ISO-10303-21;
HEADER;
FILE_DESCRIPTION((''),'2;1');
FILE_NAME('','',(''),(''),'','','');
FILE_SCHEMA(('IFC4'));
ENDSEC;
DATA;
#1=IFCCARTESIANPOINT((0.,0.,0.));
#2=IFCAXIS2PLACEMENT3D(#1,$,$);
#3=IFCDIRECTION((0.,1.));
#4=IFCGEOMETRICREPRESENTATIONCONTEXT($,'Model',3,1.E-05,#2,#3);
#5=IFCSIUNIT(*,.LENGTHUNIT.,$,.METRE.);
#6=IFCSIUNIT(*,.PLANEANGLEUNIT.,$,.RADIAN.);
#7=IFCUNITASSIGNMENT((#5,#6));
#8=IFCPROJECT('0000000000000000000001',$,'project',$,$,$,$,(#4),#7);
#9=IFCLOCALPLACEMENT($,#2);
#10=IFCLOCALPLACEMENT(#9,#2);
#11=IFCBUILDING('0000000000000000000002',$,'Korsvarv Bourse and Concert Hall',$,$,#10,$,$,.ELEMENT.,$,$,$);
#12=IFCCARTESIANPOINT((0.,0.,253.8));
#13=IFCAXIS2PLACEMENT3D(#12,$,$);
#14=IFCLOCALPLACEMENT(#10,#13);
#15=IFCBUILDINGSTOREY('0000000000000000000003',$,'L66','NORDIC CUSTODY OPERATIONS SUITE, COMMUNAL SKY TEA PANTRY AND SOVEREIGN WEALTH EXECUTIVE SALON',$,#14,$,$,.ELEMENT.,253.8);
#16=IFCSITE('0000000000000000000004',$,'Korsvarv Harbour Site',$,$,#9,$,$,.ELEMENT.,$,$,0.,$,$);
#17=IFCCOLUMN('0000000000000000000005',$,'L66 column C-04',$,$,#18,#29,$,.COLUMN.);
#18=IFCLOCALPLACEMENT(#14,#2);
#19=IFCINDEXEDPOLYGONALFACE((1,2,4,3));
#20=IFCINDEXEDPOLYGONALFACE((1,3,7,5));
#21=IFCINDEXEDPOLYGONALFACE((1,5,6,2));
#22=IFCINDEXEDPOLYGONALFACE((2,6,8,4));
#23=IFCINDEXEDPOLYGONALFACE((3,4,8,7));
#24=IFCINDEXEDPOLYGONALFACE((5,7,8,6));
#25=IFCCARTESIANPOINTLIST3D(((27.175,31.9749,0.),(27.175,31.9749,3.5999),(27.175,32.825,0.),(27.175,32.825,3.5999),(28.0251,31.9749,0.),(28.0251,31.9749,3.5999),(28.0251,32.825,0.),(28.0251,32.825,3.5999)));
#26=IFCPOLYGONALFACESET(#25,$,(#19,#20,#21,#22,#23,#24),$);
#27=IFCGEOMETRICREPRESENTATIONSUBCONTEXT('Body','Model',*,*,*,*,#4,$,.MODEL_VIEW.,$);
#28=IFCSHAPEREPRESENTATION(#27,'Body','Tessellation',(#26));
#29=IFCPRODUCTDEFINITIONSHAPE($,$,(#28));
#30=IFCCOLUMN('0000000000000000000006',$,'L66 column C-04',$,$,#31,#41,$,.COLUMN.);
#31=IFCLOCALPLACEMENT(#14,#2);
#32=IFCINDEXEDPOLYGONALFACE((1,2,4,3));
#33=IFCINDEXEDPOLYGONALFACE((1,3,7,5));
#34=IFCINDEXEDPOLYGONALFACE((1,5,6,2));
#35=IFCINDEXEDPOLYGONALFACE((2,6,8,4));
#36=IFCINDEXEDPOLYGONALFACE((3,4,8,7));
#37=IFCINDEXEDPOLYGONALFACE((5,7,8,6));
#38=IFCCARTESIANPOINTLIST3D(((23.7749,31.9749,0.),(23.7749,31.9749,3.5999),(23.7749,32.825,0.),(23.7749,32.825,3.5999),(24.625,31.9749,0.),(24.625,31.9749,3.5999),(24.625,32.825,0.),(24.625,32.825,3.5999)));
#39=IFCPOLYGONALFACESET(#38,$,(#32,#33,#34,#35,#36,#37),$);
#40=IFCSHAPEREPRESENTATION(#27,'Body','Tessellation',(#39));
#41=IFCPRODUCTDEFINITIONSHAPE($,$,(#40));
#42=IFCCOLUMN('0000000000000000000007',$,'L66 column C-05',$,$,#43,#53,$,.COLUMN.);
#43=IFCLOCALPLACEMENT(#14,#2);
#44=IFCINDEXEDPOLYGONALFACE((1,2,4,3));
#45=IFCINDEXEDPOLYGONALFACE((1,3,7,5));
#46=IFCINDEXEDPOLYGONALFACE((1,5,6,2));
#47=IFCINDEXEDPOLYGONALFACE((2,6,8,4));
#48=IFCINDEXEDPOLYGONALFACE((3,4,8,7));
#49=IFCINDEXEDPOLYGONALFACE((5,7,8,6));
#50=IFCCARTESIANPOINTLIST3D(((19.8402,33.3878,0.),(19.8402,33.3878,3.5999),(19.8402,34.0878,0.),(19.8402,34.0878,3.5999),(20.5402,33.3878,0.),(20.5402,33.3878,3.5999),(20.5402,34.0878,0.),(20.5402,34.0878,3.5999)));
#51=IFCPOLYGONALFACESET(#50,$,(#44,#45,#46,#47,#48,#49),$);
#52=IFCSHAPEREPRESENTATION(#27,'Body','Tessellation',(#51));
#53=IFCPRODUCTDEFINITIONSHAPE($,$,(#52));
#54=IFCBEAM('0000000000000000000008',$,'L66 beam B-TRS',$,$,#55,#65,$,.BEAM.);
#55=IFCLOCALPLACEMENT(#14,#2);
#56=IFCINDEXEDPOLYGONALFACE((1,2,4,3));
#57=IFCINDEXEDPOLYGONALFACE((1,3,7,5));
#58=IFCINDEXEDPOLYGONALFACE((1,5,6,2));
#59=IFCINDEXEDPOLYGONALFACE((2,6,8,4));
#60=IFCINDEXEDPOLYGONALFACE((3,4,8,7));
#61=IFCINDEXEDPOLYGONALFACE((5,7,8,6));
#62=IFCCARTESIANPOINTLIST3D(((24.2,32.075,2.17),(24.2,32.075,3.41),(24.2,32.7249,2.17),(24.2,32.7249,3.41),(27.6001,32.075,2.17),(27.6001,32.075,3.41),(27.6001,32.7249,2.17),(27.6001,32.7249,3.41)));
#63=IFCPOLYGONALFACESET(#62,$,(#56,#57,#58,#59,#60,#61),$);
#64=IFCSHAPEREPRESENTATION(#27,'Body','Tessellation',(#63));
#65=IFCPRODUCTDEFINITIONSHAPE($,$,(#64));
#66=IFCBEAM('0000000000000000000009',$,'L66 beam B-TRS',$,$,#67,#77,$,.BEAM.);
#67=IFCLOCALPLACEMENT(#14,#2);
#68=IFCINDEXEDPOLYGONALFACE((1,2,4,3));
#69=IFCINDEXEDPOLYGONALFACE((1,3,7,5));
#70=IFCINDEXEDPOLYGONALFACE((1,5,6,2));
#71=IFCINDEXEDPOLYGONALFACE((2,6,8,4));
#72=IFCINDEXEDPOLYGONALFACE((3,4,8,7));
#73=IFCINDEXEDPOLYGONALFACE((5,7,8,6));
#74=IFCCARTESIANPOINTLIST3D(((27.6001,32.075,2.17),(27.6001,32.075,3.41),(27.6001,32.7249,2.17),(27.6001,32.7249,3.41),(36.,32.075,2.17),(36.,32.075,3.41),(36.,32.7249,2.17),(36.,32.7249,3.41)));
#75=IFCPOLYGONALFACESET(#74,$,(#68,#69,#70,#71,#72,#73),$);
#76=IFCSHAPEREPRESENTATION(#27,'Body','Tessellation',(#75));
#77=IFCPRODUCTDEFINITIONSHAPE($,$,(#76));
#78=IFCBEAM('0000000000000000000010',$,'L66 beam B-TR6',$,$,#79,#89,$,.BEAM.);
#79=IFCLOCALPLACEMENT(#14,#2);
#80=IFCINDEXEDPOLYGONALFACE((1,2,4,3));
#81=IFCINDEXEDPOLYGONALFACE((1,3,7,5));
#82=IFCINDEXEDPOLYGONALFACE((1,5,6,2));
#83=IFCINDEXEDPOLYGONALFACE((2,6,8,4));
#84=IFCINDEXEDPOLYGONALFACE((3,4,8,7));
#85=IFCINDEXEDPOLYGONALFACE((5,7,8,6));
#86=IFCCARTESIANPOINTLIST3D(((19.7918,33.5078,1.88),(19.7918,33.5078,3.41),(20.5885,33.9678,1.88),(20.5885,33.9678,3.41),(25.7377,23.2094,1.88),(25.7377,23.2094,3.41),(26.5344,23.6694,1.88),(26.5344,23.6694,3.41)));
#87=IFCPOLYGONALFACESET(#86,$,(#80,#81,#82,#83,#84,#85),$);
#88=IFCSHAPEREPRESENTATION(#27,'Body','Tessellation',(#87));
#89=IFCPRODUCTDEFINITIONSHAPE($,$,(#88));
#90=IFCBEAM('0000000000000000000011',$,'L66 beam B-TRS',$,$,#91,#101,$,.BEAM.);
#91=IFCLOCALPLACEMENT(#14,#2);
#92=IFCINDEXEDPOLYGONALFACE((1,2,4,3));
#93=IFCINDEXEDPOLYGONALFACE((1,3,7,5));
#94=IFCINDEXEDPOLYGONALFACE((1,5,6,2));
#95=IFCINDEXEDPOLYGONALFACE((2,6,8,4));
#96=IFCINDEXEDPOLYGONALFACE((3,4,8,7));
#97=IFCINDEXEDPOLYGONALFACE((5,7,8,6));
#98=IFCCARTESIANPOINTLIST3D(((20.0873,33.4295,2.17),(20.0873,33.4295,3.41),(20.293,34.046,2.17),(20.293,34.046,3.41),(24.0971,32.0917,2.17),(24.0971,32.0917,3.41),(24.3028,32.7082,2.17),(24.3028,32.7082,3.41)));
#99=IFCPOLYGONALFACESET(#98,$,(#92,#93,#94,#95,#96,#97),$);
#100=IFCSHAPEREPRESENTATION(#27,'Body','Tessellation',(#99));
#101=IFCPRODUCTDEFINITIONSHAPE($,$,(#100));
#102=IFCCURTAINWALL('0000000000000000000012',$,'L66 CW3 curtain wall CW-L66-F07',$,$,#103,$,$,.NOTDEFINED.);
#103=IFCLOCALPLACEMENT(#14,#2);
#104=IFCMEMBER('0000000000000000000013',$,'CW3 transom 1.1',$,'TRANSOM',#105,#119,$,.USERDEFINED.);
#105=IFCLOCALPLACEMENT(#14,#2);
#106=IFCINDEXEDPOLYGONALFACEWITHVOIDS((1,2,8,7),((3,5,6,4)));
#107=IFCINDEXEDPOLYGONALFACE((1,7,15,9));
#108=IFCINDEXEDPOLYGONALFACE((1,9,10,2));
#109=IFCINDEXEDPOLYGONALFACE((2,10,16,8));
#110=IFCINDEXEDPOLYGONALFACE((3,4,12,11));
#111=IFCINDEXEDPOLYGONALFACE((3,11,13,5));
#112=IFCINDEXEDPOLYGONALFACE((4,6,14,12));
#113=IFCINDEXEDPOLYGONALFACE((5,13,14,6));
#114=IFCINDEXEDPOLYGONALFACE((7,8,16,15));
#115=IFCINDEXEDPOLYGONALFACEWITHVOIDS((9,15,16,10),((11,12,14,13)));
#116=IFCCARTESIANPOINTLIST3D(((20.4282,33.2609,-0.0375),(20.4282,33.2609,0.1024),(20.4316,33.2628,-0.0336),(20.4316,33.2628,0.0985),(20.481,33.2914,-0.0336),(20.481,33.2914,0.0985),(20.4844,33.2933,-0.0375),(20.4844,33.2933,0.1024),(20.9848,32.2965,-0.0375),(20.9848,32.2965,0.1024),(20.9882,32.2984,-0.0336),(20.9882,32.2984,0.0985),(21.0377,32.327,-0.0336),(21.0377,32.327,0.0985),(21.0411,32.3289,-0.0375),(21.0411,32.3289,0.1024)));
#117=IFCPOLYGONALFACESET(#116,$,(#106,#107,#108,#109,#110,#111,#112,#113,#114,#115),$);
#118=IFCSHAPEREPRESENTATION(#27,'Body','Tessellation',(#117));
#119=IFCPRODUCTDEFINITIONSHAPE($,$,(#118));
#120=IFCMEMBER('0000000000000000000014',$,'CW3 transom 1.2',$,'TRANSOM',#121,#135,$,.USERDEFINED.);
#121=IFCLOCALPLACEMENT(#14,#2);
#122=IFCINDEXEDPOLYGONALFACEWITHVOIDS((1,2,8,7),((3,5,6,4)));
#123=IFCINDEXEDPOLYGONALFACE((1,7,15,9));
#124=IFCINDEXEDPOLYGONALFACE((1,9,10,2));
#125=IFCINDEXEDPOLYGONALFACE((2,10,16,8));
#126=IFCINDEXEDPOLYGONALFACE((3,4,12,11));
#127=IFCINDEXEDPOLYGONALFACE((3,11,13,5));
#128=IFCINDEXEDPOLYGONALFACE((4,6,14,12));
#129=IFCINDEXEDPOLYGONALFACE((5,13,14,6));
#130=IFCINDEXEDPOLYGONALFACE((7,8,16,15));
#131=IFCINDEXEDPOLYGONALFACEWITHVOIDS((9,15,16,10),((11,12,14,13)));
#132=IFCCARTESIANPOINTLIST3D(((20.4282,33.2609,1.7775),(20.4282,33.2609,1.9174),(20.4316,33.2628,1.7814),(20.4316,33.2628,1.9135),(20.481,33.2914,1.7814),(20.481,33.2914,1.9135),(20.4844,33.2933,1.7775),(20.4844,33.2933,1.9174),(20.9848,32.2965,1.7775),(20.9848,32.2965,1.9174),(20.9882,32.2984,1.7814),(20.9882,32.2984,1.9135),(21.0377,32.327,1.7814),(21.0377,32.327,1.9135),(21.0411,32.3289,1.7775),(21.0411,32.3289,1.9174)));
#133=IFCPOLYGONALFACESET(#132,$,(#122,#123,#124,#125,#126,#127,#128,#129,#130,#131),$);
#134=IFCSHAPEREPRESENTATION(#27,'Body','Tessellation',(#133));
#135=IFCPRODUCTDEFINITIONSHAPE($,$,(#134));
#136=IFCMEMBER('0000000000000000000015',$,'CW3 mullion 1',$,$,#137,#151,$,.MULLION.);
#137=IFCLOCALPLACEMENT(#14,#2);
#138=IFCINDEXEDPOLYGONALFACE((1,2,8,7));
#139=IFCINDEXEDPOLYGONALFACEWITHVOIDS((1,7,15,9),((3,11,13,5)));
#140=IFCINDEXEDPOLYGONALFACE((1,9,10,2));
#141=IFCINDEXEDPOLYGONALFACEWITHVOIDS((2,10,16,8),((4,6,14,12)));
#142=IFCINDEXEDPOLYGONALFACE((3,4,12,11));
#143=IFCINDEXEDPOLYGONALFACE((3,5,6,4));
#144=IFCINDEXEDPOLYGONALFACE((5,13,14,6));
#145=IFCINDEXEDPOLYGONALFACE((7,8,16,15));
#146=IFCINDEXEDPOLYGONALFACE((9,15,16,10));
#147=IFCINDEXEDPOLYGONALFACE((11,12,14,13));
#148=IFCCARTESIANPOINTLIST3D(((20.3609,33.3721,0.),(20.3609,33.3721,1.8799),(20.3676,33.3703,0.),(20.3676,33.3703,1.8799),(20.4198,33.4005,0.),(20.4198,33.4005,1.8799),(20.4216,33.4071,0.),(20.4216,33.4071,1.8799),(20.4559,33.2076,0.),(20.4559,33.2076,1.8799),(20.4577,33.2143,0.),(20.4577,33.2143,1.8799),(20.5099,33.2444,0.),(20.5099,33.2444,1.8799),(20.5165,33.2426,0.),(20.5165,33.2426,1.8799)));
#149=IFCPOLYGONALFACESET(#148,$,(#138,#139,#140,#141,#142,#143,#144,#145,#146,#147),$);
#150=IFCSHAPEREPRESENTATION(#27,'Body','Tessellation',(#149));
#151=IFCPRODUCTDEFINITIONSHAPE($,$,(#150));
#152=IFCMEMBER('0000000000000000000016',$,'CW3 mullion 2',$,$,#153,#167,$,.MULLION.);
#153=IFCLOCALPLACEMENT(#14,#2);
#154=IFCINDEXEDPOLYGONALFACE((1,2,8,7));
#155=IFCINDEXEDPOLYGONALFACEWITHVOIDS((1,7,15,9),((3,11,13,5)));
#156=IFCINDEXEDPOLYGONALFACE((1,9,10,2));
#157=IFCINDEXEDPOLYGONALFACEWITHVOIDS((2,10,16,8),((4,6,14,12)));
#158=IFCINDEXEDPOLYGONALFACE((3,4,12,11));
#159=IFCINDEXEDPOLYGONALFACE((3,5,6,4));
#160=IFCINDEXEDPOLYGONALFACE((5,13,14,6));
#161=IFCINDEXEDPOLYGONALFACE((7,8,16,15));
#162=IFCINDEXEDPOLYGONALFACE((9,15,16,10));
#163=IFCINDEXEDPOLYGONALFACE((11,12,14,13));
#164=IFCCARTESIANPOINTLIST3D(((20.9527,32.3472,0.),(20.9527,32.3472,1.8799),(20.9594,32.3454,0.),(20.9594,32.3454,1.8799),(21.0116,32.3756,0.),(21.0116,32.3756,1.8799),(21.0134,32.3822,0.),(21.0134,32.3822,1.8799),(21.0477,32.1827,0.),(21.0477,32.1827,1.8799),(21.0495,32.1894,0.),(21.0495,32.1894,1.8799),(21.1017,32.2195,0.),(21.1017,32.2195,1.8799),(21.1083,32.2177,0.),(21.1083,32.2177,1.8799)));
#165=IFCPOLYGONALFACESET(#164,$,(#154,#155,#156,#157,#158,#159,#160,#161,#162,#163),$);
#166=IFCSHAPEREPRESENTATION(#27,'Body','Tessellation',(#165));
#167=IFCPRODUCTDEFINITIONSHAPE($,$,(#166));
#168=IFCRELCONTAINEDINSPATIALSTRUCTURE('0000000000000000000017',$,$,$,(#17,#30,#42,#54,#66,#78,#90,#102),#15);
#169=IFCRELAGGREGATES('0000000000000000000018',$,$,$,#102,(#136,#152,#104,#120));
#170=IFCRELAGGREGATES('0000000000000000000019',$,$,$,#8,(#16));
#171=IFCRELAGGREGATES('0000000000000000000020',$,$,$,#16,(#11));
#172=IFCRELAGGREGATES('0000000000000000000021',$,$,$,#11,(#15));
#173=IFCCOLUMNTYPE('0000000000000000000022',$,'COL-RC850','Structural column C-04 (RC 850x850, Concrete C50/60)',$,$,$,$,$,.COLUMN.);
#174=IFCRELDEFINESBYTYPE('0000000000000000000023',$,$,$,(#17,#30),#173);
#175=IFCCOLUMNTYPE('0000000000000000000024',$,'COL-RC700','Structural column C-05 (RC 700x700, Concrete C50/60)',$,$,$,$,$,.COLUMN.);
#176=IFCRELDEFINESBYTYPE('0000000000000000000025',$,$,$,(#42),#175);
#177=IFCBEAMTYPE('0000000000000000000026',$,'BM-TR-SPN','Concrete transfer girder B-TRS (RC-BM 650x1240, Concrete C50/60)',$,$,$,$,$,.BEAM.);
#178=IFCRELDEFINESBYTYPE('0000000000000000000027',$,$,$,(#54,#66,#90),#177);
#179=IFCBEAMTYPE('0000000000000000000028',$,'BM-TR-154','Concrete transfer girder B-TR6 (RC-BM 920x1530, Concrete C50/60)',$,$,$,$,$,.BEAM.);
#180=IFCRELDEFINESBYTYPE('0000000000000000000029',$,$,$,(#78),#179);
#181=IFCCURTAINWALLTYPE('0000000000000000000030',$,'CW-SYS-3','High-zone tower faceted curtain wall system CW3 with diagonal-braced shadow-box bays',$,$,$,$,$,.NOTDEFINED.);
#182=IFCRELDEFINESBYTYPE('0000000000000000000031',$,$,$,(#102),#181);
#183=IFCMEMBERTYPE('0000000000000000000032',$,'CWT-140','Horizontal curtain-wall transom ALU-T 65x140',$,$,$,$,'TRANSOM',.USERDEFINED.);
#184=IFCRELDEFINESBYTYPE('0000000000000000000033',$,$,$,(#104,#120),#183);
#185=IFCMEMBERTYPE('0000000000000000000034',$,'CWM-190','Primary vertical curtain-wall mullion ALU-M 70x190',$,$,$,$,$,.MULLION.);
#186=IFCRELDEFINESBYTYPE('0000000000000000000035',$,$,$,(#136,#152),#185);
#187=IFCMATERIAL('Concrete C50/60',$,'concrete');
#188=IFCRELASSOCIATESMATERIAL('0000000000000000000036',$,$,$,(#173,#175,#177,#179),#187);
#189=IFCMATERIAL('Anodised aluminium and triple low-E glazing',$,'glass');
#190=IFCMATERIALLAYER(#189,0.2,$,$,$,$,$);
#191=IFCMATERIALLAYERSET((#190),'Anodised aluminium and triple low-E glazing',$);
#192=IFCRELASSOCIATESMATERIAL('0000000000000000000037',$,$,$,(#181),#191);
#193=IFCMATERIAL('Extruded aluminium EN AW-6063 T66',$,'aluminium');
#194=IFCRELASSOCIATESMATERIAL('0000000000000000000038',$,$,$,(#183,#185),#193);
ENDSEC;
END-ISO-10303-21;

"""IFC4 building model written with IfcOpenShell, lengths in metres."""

from ifc_helpers import new_model, si_unit, direction, frame, origin, origin_2d, place, context, subcontext, project, spatial, rectangle, hollow_rectangle, extrude, source, transform, mapped, material, layer, layer_set, material_profile, profile_set, type_object, element, aggregate, save


model = new_model("IFC4")

# Units and contexts
model_context = context("Model", 3, precision=1e-05, world=origin(), true_north=direction((0.0, 1.0)))
body_context = subcontext(model_context, "Body", "Model", "MODEL_VIEW")
ifc_project = project(units=[si_unit("LENGTHUNIT", "METRE"), si_unit("PLANEANGLEUNIT", "RADIAN")], contexts=[model_context])

# Site, building, storey
site_placement = place(None, origin())
site = spatial("IfcSite", under=ifc_project, at=site_placement, Name="Korsvarv Harbour Site", CompositionType="ELEMENT", RefElevation=0.0)
building_placement = place(site_placement, origin())
building = spatial("IfcBuilding", under=site, at=building_placement, Name="Korsvarv Bourse and Concert Hall", CompositionType="ELEMENT")
storey_placement = place(building_placement, frame((0.0, 0.0, 253.8)))
storey = spatial("IfcBuildingStorey", under=building, at=storey_placement, Name="L66", Description="NORDIC CUSTODY OPERATIONS SUITE, COMMUNAL SKY TEA PANTRY AND SOVEREIGN WEALTH EXECUTIVE SALON", CompositionType="ELEMENT", Elevation=253.8)

# Columns
ifc_material_1 = material(Name="Concrete C50/60", Category="concrete")
ifc_material_profile_1 = material_profile(ifc_material_1, rectangle(XDim=0.8501, YDim=0.8501, at=origin_2d()), Name="RC 850x850")
ifc_profile_set_1 = profile_set([ifc_material_profile_1], Name="Concrete C50/60")
column_type_1 = type_object("IfcColumnType", Name="COL-RC850", Description="Structural column C-04 (RC 850x850, Concrete C50/60)", PredefinedType="COLUMN", material=ifc_profile_set_1)
shared_shape_1 = source(origin(), body_context, "Body", "SweptSolid", [
    extrude(rectangle(XDim=0.8501, YDim=0.8501, at=origin_2d()), origin(), (0.0, 0.0, 1.0), 3.5999),
])
for number, where, z_axis, x_axis, name in (
    (1, (27.6001, 32.3999, 0.0), (0.0, 0.0, 1.0), (1.0, 0.0, 0.0), "L66 column C-04"),
    (2, (24.2, 32.3999, 0.0), (0.0, 0.0, 1.0), (1.0, 0.0, 0.0), "L66 column C-04"),
):
    element("IfcColumn", number, at=place(storey_placement, frame(where, z_axis=z_axis, x_axis=x_axis)), inside=storey, type_object=column_type_1, Name=name, PredefinedType="COLUMN", context=body_context, shape_type="MappedRepresentation", body=[
        mapped(shared_shape_1, transform((0.0, 0.0, 0.0), scale=1.0)),
    ])
ifc_material_profile_2 = material_profile(ifc_material_1, rectangle(XDim=0.7, YDim=0.7, at=origin_2d()), Name="RC 700x700")
ifc_profile_set_2 = profile_set([ifc_material_profile_2], Name="Concrete C50/60")
column_type_2 = type_object("IfcColumnType", Name="COL-RC700", Description="Structural column C-05 (RC 700x700, Concrete C50/60)", PredefinedType="COLUMN", material=ifc_profile_set_2)
shared_shape_2 = source(origin(), body_context, "Body", "SweptSolid", [
    extrude(rectangle(XDim=0.7, YDim=0.7, at=origin_2d()), origin(), (0.0, 0.0, 1.0), 3.5999),
])
column_placement = place(storey_placement, frame((20.1902, 33.7378, 0.0), z_axis=(0.0, 0.0, 1.0), x_axis=(1.0, 0.0, 0.0)))
element("IfcColumn", 3, at=column_placement, inside=storey, type_object=column_type_2, Name="L66 column C-05", PredefinedType="COLUMN", context=body_context, shape_type="MappedRepresentation", body=[
    mapped(shared_shape_2, transform((0.0, 0.0, 0.0), scale=1.0)),
])

# Beams
ifc_material_profile_3 = material_profile(ifc_material_1, rectangle(XDim=0.6499, YDim=1.24, at=origin_2d()), Name="RC-BM 650x1240")
ifc_profile_set_3 = profile_set([ifc_material_profile_3], Name="Concrete C50/60")
beam_type_1 = type_object("IfcBeamType", Name="BM-TR-SPN", Description="Concrete transfer girder B-TRS (RC-BM 650x1240, Concrete C50/60)", PredefinedType="BEAM", material=ifc_profile_set_3)
shared_shape_3 = source(origin(), body_context, "Body", "SweptSolid", [
    extrude(rectangle(XDim=0.6499, YDim=1.24, at=origin_2d()), origin(), (0.0, 0.0, 1.0), 3.4001),
])
beam_1_placement = place(storey_placement, frame((24.2, 32.3999, 2.79), z_axis=(1.0, 0.0, 0.0), x_axis=(0.0, 1.0, 0.0)))
element("IfcBeam", 4, at=beam_1_placement, inside=storey, type_object=beam_type_1, Name="L66 beam B-TRS", PredefinedType="BEAM", context=body_context, shape_type="MappedRepresentation", body=[
    mapped(shared_shape_3, transform((0.0, 0.0, 0.0), scale=1.0)),
])
shared_shape_4 = source(origin(), body_context, "Body", "SweptSolid", [
    extrude(rectangle(XDim=0.6499, YDim=1.24, at=origin_2d()), origin(), (0.0, 0.0, 1.0), 8.3999),
])
beam_2_placement = place(storey_placement, frame((27.6001, 32.3999, 2.79), z_axis=(1.0, 0.0, 0.0), x_axis=(0.0, 1.0, 0.0)))
element("IfcBeam", 5, at=beam_2_placement, inside=storey, type_object=beam_type_1, Name="L66 beam B-TRS", PredefinedType="BEAM", context=body_context, shape_type="MappedRepresentation", body=[
    mapped(shared_shape_4, transform((0.0, 0.0, 0.0), scale=1.0)),
])
ifc_material_profile_4 = material_profile(ifc_material_1, rectangle(XDim=0.9199, YDim=1.53, at=origin_2d()), Name="RC-BM 920x1530")
ifc_profile_set_4 = profile_set([ifc_material_profile_4], Name="Concrete C50/60")
beam_type_2 = type_object("IfcBeamType", Name="BM-TR-154", Description="Concrete transfer girder B-TR6 (RC-BM 920x1530, Concrete C50/60)", PredefinedType="BEAM", material=ifc_profile_set_4)
shared_shape_5 = source(origin(), body_context, "Body", "SweptSolid", [
    extrude(rectangle(XDim=0.9199, YDim=1.53, at=origin_2d()), origin(), (0.0, 0.0, 1.0), 11.8916),
])
beam_3_placement = place(storey_placement, frame((20.1902, 33.7378, 2.645), z_axis=(0.500003, -0.866024, 0.0), x_axis=(0.866024, 0.500003, 0.0)))
element("IfcBeam", 6, at=beam_3_placement, inside=storey, type_object=beam_type_2, Name="L66 beam B-TR6", PredefinedType="BEAM", context=body_context, shape_type="MappedRepresentation", body=[
    mapped(shared_shape_5, transform((0.0, 0.0, 0.0), scale=1.0)),
])
shared_shape_6 = source(origin(), body_context, "Body", "SweptSolid", [
    extrude(rectangle(XDim=0.6499, YDim=1.24, at=origin_2d()), origin(), (0.0, 0.0, 1.0), 4.2271),
])
beam_4_placement = place(storey_placement, frame((20.1902, 33.7378, 2.79), z_axis=(0.948591, -0.316505, 0.0), x_axis=(0.316505, 0.948591, 0.0)))
element("IfcBeam", 7, at=beam_4_placement, inside=storey, type_object=beam_type_1, Name="L66 beam B-TRS", PredefinedType="BEAM", context=body_context, shape_type="MappedRepresentation", body=[
    mapped(shared_shape_6, transform((0.0, 0.0, 0.0), scale=1.0)),
])

# Curtain wall, members
ifc_material_2 = material(Name="Anodised aluminium and triple low-E glazing", Category="glass")
ifc_layer_1 = layer(ifc_material_2, 0.2)
ifc_layer_set_1 = layer_set([ifc_layer_1], Name="Anodised aluminium and triple low-E glazing")
curtain_wall_type = type_object("IfcCurtainWallType", Name="CW-SYS-3", Description="High-zone tower faceted curtain wall system CW3 with diagonal-braced shadow-box bays", PredefinedType="NOTDEFINED", material=ifc_layer_set_1)
curtain_wall_placement = place(storey_placement, origin())
curtain_wall = element("IfcCurtainWall", 8, at=curtain_wall_placement, inside=storey, type_object=curtain_wall_type, Name="L66 CW3 curtain wall CW-L66-F07", PredefinedType="NOTDEFINED")
ifc_material_3 = material(Name="Extruded aluminium EN AW-6063 T66", Category="aluminium")
ifc_material_profile_5 = material_profile(ifc_material_3, hollow_rectangle(XDim=0.0649, YDim=0.1399, WallThickness=0.0039, at=origin_2d()), Name="ALU-T 65x140")
ifc_profile_set_5 = profile_set([ifc_material_profile_5], Name="Extruded aluminium EN AW-6063 T66")
member_type_1 = type_object("IfcMemberType", Name="CWT-140", Description="Horizontal curtain-wall transom ALU-T 65x140", ElementType="TRANSOM", PredefinedType="USERDEFINED", material=ifc_profile_set_5)
shared_shape_7 = source(origin(), body_context, "Body", "SweptSolid", [
    extrude(hollow_rectangle(XDim=0.0649, YDim=0.1399, WallThickness=0.0039, at=origin_2d()), origin(), (0.0, 0.0, 1.0), 1.1135),
])
member_1_placement = place(storey_placement, frame((20.4563, 33.2771, 0.0325), z_axis=(0.499912, -0.866076, 0.0), x_axis=(0.866076, 0.499912, 0.0)))
member_1 = element("IfcMember", 9, at=member_1_placement, type_object=member_type_1, Name="CW3 transom 1.1", ObjectType="TRANSOM", PredefinedType="USERDEFINED", context=body_context, shape_type="MappedRepresentation", body=[
    mapped(shared_shape_7, transform((0.0, 0.0, 0.0), scale=1.0)),
])
member_2_placement = place(storey_placement, frame((20.4563, 33.2771, 1.8474), z_axis=(0.499912, -0.866076, 0.0), x_axis=(0.866076, 0.499912, 0.0)))
member_2 = element("IfcMember", 10, at=member_2_placement, type_object=member_type_1, Name="CW3 transom 1.2", ObjectType="TRANSOM", PredefinedType="USERDEFINED", context=body_context, shape_type="MappedRepresentation", body=[
    mapped(shared_shape_7, transform((0.0, 0.0, 0.0), scale=1.0)),
])
ifc_material_profile_6 = material_profile(ifc_material_3, hollow_rectangle(XDim=0.0701, YDim=0.1899, WallThickness=0.0049, at=origin_2d()), Name="ALU-M 70x190")
ifc_profile_set_6 = profile_set([ifc_material_profile_6], Name="Extruded aluminium EN AW-6063 T66")
member_type_2 = type_object("IfcMemberType", Name="CWM-190", Description="Primary vertical curtain-wall mullion ALU-M 70x190", PredefinedType="MULLION", material=ifc_profile_set_6)
shared_shape_8 = source(origin(), body_context, "Body", "SweptSolid", [
    extrude(hollow_rectangle(XDim=0.0701, YDim=0.1899, WallThickness=0.0049, at=origin_2d()), origin(), (0.0, 0.0, 1.0), 1.8799),
])
member_3_placement = place(storey_placement, frame((20.4387, 33.3074, 0.0), z_axis=(0.0, 0.0, 1.0), x_axis=(0.866023, 0.500004, 0.0)))
member_3 = element("IfcMember", 11, at=member_3_placement, type_object=member_type_2, Name="CW3 mullion 1", PredefinedType="MULLION", context=body_context, shape_type="MappedRepresentation", body=[
    mapped(shared_shape_8, transform((0.0, 0.0, 0.0), scale=1.0)),
])
member_4_placement = place(storey_placement, frame((21.0305, 32.2825, 0.0), z_axis=(0.0, 0.0, 1.0), x_axis=(0.866023, 0.500004, 0.0)))
member_4 = element("IfcMember", 12, at=member_4_placement, type_object=member_type_2, Name="CW3 mullion 2", PredefinedType="MULLION", context=body_context, shape_type="MappedRepresentation", body=[
    mapped(shared_shape_8, transform((0.0, 0.0, 0.0), scale=1.0)),
])
aggregate(curtain_wall, [member_3, member_4, member_1, member_2])

save(model, "model.ifc")
